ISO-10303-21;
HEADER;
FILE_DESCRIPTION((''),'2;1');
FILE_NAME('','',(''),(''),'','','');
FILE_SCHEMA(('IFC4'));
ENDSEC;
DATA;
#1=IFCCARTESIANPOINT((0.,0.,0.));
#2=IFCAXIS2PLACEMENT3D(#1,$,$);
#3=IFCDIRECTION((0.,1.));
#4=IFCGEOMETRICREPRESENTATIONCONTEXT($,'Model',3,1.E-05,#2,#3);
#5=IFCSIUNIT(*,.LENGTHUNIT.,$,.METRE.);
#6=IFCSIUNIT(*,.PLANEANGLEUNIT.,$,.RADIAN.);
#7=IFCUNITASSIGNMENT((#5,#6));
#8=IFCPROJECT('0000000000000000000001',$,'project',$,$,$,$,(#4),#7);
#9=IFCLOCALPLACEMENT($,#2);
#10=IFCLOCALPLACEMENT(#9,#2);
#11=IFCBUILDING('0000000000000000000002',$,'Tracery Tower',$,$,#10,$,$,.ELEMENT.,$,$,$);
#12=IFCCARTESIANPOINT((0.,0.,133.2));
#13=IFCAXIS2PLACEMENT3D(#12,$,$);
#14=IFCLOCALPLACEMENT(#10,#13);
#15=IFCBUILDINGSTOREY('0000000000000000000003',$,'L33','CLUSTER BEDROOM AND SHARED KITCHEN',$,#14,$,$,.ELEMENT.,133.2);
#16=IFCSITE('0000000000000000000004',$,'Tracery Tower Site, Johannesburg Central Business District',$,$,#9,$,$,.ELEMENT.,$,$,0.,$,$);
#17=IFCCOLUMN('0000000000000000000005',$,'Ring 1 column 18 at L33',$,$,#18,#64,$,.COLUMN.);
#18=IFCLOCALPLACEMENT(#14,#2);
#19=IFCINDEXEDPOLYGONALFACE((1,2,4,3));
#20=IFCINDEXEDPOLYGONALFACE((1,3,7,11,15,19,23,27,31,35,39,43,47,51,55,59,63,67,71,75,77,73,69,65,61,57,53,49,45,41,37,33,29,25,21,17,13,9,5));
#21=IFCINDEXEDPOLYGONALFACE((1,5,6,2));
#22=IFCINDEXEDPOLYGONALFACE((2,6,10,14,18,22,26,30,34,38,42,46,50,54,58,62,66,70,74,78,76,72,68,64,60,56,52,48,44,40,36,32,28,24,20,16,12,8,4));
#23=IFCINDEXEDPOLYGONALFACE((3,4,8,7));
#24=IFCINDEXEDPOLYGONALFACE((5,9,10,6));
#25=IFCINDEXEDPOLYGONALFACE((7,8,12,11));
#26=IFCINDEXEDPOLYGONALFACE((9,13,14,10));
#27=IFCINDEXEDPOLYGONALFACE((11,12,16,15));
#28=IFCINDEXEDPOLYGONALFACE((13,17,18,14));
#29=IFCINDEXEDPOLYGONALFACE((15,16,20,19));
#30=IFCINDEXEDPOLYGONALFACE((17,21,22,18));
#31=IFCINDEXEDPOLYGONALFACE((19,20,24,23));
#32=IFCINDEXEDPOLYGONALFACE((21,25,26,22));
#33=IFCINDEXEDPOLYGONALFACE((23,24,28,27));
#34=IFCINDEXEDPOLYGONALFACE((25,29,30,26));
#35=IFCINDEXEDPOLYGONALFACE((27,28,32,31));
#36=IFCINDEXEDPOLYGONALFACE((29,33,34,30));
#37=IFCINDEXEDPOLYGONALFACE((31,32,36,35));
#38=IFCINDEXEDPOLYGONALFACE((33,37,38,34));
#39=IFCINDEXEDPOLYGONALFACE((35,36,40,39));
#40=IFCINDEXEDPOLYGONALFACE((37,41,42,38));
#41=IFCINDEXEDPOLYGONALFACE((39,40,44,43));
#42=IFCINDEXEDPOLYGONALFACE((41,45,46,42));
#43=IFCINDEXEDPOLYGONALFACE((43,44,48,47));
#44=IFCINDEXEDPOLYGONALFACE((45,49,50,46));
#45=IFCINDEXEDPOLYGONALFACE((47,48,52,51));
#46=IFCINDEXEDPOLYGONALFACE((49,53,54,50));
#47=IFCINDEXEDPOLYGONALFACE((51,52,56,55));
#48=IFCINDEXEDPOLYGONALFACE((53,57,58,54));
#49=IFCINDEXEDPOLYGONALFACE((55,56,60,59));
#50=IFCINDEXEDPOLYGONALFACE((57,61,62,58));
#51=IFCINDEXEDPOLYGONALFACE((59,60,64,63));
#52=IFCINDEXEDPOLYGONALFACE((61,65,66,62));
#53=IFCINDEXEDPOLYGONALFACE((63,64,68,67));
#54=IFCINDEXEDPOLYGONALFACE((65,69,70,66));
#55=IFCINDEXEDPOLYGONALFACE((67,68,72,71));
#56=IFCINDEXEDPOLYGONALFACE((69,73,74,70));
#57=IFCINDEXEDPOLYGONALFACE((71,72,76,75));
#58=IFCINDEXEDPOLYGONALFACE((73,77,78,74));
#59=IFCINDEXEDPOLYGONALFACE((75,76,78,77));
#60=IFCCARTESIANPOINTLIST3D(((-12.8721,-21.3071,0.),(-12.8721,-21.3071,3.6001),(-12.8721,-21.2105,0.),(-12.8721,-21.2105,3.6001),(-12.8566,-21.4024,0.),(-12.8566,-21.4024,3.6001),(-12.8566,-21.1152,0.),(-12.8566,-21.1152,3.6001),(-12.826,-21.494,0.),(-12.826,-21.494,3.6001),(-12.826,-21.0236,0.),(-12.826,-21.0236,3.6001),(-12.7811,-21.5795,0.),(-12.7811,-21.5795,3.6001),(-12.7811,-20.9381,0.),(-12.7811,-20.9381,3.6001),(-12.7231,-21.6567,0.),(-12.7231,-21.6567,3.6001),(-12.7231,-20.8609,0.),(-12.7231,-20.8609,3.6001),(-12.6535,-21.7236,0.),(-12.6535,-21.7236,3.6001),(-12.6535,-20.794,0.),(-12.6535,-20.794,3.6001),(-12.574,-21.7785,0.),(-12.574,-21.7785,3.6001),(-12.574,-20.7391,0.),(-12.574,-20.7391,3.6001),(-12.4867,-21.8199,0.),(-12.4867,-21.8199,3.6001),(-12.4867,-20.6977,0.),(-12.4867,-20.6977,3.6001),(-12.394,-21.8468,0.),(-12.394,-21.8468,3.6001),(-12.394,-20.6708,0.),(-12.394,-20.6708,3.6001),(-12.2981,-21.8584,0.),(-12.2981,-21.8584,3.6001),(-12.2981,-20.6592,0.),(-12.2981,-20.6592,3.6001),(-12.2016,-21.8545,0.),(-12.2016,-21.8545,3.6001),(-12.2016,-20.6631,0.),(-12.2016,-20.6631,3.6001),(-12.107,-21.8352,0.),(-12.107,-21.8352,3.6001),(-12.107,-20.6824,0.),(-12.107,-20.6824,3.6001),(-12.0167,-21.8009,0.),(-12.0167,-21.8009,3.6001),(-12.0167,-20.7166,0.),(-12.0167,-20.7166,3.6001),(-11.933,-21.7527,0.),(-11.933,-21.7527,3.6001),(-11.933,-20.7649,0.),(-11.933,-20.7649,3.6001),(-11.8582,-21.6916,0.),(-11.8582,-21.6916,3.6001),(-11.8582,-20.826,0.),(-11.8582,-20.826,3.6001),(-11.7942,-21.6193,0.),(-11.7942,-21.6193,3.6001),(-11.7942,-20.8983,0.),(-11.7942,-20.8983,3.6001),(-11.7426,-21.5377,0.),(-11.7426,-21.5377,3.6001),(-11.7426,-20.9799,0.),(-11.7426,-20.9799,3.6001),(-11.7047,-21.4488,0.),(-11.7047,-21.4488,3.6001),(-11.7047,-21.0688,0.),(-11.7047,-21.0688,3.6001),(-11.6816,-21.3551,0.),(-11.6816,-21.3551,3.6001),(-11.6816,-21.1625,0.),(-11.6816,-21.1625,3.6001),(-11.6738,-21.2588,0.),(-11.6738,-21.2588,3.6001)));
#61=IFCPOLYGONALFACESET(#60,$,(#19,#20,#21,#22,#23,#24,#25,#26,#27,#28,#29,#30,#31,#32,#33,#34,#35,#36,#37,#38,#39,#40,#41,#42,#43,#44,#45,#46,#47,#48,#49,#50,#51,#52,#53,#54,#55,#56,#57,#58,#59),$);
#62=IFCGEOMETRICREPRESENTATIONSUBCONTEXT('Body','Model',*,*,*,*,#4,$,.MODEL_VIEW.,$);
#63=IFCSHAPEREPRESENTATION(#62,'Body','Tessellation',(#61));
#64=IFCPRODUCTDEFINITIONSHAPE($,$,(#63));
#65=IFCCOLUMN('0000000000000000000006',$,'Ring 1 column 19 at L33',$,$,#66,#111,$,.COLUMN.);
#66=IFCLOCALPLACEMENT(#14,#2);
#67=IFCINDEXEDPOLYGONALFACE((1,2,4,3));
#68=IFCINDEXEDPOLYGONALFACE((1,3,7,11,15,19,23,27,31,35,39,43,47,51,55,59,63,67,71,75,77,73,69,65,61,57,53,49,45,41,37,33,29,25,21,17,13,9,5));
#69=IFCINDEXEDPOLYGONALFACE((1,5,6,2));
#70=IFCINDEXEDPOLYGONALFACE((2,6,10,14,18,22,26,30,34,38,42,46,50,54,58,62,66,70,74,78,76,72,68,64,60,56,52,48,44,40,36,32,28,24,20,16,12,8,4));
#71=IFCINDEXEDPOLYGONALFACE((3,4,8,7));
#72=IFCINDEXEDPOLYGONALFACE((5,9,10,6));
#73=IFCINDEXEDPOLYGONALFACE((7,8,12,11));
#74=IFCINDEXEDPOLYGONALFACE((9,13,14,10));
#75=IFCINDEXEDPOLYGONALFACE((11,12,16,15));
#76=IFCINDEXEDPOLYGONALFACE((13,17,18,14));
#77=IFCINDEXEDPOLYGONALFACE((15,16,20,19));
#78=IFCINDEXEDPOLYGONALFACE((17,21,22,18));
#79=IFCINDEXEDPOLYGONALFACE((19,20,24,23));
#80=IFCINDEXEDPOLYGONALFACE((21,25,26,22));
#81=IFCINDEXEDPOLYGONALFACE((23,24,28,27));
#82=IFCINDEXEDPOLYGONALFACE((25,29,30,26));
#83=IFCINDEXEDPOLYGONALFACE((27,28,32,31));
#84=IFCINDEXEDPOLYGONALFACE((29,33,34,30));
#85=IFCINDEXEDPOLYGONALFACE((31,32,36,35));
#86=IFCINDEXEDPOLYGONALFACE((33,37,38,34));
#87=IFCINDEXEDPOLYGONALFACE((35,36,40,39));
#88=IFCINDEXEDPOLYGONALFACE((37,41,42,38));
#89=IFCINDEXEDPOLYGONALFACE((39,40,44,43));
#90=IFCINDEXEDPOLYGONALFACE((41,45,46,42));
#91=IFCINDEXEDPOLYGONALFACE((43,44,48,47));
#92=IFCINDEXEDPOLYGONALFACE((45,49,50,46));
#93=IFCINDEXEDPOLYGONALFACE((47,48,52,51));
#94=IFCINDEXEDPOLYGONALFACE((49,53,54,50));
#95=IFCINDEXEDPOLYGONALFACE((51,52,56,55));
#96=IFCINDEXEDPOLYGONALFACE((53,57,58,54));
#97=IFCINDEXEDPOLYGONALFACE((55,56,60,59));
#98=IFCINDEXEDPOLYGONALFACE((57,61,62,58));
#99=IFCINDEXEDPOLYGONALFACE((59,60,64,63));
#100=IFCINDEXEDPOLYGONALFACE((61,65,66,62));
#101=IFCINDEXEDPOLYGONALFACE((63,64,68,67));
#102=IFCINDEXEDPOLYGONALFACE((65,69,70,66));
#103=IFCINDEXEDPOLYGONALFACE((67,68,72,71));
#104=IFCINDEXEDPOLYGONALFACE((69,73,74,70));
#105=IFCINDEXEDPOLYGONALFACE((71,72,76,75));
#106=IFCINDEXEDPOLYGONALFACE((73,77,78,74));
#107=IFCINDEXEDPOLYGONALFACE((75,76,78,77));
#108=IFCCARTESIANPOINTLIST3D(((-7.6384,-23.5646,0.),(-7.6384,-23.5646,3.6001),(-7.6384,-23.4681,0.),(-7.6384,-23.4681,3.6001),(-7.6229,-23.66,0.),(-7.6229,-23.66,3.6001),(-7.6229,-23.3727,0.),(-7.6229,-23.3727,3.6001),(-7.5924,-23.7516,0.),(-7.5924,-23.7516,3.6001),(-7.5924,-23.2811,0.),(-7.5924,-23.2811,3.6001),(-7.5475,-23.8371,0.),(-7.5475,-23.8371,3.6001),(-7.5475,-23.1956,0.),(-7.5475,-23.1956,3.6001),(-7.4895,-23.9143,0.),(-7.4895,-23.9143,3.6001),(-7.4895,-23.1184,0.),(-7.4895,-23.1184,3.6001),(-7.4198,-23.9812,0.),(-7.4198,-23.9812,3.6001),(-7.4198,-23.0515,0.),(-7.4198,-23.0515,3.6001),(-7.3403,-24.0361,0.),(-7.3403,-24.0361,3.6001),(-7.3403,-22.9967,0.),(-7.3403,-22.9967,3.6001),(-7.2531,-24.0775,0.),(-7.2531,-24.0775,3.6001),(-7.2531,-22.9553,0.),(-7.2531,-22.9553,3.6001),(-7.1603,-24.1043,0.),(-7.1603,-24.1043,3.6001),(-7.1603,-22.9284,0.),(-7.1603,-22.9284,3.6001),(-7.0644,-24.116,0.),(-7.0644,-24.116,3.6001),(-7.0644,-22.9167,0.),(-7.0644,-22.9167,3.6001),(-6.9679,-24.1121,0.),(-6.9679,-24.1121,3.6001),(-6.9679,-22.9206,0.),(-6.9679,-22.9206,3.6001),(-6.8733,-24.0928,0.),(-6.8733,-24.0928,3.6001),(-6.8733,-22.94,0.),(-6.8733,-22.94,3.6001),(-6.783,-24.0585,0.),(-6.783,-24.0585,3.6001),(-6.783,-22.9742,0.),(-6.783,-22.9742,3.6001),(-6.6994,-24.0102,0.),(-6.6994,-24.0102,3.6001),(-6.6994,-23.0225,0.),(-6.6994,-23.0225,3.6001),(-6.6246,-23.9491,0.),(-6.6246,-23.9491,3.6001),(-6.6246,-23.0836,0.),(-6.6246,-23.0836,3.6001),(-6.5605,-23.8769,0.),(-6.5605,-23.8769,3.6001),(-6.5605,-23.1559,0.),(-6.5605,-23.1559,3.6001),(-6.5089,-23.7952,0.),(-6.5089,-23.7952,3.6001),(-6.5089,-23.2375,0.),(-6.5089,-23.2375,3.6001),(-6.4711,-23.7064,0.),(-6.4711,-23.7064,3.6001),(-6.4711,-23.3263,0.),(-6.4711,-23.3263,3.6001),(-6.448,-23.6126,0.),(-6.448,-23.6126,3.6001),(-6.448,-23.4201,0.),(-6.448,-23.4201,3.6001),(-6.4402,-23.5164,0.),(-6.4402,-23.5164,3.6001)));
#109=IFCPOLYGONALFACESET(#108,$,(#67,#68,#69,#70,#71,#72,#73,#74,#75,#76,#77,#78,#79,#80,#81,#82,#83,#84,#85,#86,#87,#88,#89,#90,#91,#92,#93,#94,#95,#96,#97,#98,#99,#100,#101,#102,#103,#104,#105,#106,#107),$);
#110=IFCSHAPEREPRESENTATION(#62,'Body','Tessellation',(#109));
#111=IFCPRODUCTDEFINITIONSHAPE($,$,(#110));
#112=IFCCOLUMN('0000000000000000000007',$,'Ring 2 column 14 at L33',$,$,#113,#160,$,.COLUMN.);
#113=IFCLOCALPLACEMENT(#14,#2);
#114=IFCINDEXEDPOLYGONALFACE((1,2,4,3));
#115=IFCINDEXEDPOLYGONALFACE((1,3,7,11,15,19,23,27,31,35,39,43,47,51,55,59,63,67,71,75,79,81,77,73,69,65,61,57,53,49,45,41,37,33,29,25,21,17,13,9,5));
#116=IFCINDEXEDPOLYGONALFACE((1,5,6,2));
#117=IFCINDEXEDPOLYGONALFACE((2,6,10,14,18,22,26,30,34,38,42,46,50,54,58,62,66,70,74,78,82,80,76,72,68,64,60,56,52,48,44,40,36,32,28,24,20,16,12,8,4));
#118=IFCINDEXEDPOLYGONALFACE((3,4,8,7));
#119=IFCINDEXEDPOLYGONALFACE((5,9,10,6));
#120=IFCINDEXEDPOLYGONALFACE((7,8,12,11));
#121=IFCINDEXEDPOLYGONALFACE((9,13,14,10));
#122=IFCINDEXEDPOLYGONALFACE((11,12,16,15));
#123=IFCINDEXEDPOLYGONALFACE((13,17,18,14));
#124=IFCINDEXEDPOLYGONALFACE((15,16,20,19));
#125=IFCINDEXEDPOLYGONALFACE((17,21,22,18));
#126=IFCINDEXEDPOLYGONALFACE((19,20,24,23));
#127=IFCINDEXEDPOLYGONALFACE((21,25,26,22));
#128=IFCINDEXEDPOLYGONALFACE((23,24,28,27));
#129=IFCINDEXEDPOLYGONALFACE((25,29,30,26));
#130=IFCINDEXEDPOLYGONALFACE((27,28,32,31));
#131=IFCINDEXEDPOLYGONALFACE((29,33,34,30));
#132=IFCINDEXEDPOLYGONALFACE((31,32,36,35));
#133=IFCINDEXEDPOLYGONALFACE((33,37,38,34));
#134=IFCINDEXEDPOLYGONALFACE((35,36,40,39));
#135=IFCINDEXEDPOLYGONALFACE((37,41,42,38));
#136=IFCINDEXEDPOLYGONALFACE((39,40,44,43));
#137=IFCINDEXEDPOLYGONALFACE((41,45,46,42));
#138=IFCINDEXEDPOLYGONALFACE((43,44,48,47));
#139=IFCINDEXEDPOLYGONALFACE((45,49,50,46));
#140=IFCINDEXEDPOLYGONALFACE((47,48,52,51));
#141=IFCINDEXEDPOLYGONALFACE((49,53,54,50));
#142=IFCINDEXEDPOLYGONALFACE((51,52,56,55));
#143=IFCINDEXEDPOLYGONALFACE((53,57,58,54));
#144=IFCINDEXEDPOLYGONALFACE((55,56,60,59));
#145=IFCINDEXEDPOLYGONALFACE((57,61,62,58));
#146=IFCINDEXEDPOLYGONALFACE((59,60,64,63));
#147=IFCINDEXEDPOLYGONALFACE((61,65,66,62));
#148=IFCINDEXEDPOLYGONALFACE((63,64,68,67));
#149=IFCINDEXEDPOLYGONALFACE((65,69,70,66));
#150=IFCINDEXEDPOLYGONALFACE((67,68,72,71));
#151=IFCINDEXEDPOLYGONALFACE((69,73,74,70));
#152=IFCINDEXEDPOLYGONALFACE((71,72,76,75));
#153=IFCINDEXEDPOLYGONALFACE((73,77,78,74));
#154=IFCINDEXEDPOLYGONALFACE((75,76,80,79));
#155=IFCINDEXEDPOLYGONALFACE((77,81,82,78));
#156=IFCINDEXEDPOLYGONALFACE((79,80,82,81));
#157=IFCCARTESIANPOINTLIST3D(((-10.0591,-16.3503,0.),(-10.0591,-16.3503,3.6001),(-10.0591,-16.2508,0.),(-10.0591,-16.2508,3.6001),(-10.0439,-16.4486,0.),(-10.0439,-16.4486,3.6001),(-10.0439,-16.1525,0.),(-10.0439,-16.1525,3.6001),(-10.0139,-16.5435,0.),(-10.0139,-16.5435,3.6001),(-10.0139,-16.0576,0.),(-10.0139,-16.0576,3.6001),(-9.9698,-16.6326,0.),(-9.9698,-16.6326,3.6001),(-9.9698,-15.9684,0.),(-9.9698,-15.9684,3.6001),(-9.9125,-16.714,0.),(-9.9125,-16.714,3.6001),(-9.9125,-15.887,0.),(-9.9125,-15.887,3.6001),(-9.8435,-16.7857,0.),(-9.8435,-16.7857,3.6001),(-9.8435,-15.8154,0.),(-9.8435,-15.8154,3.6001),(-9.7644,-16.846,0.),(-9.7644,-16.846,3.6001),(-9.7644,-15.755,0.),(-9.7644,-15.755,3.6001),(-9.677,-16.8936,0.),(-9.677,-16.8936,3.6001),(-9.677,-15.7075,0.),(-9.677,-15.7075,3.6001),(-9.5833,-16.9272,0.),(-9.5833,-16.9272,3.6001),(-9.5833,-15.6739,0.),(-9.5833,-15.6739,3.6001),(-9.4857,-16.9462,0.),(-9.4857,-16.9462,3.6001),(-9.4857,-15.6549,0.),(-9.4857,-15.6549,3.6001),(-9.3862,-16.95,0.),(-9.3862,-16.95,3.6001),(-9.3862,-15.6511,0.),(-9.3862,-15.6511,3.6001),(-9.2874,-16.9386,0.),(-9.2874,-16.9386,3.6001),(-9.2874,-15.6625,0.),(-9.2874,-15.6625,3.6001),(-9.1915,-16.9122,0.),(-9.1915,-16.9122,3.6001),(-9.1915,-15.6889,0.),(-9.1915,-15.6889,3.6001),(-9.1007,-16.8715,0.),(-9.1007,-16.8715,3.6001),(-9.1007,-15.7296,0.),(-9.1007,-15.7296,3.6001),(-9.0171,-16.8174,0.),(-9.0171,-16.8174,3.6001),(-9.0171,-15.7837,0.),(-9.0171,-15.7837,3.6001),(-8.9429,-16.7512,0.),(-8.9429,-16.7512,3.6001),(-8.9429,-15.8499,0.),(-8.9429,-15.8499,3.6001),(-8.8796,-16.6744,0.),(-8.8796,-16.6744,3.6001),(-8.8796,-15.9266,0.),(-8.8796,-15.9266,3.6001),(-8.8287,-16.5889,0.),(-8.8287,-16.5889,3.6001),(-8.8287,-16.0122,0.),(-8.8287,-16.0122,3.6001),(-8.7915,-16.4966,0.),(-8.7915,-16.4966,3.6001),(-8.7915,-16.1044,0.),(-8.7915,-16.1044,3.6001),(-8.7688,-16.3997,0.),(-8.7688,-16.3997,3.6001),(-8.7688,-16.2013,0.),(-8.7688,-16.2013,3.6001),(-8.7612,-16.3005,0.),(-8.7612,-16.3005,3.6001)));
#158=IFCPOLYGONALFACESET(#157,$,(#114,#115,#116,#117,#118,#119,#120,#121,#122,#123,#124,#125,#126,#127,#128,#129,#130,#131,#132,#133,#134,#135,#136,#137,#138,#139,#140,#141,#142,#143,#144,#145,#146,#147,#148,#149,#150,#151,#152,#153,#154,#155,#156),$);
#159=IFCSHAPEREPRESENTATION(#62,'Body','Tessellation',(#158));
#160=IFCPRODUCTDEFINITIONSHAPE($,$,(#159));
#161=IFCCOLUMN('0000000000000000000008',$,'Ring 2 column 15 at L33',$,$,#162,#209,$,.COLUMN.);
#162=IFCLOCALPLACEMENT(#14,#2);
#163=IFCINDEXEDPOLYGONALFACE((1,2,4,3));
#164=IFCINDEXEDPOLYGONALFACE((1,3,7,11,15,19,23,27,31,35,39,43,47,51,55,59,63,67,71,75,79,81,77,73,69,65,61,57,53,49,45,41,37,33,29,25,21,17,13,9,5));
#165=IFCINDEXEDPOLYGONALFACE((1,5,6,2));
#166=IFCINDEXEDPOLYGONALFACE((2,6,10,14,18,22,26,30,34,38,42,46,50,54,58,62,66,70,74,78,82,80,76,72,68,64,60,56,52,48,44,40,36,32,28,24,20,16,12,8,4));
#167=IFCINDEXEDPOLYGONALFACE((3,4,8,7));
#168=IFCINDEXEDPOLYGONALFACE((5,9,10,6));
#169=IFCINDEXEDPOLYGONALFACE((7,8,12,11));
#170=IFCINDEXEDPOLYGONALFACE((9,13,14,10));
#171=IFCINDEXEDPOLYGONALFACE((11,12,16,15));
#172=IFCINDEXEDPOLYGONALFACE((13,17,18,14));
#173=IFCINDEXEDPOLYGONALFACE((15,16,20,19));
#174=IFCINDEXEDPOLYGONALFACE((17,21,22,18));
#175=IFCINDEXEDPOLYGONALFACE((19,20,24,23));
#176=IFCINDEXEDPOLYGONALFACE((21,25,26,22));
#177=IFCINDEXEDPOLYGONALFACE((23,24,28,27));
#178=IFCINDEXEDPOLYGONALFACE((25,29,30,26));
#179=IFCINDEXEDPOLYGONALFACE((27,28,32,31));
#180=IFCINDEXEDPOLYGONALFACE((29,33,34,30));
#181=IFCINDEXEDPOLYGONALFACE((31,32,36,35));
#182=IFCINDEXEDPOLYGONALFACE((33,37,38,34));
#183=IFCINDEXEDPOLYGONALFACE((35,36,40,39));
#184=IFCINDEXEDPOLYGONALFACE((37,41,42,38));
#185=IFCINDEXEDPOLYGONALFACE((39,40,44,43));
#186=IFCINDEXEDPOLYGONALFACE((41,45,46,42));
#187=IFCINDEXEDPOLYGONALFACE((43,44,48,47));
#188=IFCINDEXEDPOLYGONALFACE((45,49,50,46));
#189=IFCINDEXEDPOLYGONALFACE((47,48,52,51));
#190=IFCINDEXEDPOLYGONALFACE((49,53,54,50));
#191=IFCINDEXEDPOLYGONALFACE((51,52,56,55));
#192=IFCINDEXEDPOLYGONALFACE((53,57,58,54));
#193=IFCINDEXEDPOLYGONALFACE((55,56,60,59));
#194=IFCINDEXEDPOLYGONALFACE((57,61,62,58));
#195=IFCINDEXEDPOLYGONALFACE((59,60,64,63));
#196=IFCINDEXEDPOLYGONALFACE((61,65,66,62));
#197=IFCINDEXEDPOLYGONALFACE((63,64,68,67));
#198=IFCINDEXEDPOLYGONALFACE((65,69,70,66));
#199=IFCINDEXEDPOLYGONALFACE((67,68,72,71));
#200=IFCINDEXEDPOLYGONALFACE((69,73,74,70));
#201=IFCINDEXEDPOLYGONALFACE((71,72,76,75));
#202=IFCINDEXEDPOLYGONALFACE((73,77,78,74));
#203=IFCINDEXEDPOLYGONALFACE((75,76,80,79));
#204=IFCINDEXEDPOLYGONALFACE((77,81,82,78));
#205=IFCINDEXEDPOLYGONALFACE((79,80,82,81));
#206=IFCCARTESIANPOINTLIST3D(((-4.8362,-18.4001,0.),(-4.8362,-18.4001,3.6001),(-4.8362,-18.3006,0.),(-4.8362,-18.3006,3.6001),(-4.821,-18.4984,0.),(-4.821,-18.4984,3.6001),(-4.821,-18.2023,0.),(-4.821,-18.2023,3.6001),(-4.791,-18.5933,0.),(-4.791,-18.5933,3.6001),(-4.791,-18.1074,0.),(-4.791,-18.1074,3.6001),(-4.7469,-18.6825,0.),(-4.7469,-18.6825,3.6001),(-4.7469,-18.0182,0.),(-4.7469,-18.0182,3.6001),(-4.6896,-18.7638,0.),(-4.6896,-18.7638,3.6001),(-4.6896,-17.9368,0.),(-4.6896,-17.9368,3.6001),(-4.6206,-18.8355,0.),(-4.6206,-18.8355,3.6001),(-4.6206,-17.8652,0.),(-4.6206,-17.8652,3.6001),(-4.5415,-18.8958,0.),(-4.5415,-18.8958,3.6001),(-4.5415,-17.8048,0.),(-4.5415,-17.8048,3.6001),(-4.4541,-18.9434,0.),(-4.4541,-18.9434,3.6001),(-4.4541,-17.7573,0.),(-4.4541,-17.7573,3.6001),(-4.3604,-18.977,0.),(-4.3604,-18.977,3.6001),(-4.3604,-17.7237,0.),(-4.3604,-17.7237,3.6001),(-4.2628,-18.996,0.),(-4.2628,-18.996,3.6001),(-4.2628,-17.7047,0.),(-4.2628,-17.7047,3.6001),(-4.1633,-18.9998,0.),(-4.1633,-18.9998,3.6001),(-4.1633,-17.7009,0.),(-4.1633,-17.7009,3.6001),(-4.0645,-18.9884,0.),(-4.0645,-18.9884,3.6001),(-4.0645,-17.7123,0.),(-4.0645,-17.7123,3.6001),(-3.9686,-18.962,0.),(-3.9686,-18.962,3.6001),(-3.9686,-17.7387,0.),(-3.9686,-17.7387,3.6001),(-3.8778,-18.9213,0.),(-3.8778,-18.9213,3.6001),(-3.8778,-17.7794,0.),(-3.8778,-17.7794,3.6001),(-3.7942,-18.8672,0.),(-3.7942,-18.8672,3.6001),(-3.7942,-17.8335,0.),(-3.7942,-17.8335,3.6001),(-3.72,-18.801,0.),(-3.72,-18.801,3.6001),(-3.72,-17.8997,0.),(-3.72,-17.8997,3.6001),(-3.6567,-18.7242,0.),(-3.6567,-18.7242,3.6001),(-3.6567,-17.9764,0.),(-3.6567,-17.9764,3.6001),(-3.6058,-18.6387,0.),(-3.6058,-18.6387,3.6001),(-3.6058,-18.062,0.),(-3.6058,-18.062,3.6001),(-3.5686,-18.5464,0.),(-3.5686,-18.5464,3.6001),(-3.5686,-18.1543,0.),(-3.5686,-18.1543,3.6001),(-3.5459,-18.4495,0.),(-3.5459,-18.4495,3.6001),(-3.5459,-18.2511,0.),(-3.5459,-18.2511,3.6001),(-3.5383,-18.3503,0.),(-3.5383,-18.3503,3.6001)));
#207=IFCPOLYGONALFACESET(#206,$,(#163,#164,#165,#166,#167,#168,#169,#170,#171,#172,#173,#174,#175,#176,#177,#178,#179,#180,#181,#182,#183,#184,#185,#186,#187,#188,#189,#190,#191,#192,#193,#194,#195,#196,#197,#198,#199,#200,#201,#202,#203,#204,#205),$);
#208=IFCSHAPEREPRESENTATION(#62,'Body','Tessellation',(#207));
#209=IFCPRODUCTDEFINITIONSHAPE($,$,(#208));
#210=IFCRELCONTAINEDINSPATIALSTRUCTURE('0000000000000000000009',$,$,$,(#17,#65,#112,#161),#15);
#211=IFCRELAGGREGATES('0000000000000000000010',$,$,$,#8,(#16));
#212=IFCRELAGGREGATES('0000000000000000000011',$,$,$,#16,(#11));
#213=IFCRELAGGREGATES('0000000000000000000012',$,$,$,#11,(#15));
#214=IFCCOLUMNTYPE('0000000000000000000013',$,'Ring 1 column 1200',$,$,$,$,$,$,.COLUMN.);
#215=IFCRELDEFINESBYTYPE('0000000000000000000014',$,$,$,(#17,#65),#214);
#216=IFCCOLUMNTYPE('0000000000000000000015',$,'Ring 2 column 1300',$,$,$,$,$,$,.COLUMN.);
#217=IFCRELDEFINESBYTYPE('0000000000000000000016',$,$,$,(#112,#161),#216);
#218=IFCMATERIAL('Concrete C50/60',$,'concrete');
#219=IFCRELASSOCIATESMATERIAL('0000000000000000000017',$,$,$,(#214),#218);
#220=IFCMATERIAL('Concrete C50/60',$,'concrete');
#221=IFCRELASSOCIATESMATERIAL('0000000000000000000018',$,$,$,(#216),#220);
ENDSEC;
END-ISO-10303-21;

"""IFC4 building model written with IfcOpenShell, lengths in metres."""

from ifc_helpers import new_model, si_unit, direction, frame, origin, origin_2d, place, context, subcontext, project, spatial, circle, extrude, material, material_profile, profile_set, type_object, element, save


model = new_model("IFC4")

# Units and contexts
model_context = context("Model", 3, precision=1e-05, world=origin(), true_north=direction((0.0, 1.0)))
body_context = subcontext(model_context, "Body", "Model", "MODEL_VIEW")
ifc_project = project(units=[si_unit("LENGTHUNIT", "METRE"), si_unit("PLANEANGLEUNIT", "RADIAN")], contexts=[model_context])

# Site, building, storey
site_placement = place(None, origin())
site = spatial("IfcSite", under=ifc_project, at=site_placement, Name="Tracery Tower Site, Johannesburg Central Business District", CompositionType="ELEMENT", RefElevation=0.0)
building_placement = place(site_placement, origin())
building = spatial("IfcBuilding", under=site, at=building_placement, Name="Tracery Tower", CompositionType="ELEMENT")
storey_placement = place(building_placement, frame((0.0, 0.0, 133.2)))
storey = spatial("IfcBuildingStorey", under=building, at=storey_placement, Name="L33", Description="CLUSTER BEDROOM AND SHARED KITCHEN", CompositionType="ELEMENT", Elevation=133.2)

# Columns
ifc_material_1 = material(Name="Concrete C50/60", Category="concrete")
ifc_material_profile_1 = material_profile(ifc_material_1, circle(Radius=0.6001, at=origin_2d()), Name="RC D1200")
ifc_profile_set_1 = profile_set([ifc_material_profile_1], Name="Concrete C50/60")
column_type_1 = type_object("IfcColumnType", Name="Ring 1 column 1200", PredefinedType="COLUMN", material=ifc_profile_set_1)
for number, where, z_axis, x_axis, name in (
    (1, (-12.2739, -21.2588, 0.0), (0.0, 0.0, 1.0), (1.0, 0.0, 0.0), "Ring 1 column 18 at L33"),
    (2, (-7.0403, -23.5164, 0.0), (0.0, 0.0, 1.0), (1.0, 0.0, 0.0), "Ring 1 column 19 at L33"),
):
    element("IfcColumn", number, at=place(storey_placement, frame(where, z_axis=z_axis, x_axis=x_axis)), inside=storey, type_object=column_type_1, Name=name, PredefinedType="COLUMN", context=body_context, shape_type="SweptSolid", body=[
        extrude(circle(Radius=0.6001, at=origin_2d()), origin(), (0.0, 0.0, 1.0), 3.6001),
    ])
ifc_material_2 = material(Name="Concrete C50/60", Category="concrete")
ifc_material_profile_2 = material_profile(ifc_material_2, circle(Radius=0.6499, at=origin_2d()), Name="RC D1300")
ifc_profile_set_2 = profile_set([ifc_material_profile_2], Name="Concrete C50/60")
column_type_2 = type_object("IfcColumnType", Name="Ring 2 column 1300", PredefinedType="COLUMN", material=ifc_profile_set_2)
for number, where, z_axis, x_axis, name in (
    (3, (-9.4111, -16.3005, 0.0), (0.0, 0.0, 1.0), (1.0, 0.0, 0.0), "Ring 2 column 14 at L33"),
    (4, (-4.1882, -18.3503, 0.0), (0.0, 0.0, 1.0), (1.0, 0.0, 0.0), "Ring 2 column 15 at L33"),
):
    element("IfcColumn", number, at=place(storey_placement, frame(where, z_axis=z_axis, x_axis=x_axis)), inside=storey, type_object=column_type_2, Name=name, PredefinedType="COLUMN", context=body_context, shape_type="SweptSolid", body=[
        extrude(circle(Radius=0.6499, at=origin_2d()), origin(), (0.0, 0.0, 1.0), 3.6001),
    ])

save(model, "model.ifc")
